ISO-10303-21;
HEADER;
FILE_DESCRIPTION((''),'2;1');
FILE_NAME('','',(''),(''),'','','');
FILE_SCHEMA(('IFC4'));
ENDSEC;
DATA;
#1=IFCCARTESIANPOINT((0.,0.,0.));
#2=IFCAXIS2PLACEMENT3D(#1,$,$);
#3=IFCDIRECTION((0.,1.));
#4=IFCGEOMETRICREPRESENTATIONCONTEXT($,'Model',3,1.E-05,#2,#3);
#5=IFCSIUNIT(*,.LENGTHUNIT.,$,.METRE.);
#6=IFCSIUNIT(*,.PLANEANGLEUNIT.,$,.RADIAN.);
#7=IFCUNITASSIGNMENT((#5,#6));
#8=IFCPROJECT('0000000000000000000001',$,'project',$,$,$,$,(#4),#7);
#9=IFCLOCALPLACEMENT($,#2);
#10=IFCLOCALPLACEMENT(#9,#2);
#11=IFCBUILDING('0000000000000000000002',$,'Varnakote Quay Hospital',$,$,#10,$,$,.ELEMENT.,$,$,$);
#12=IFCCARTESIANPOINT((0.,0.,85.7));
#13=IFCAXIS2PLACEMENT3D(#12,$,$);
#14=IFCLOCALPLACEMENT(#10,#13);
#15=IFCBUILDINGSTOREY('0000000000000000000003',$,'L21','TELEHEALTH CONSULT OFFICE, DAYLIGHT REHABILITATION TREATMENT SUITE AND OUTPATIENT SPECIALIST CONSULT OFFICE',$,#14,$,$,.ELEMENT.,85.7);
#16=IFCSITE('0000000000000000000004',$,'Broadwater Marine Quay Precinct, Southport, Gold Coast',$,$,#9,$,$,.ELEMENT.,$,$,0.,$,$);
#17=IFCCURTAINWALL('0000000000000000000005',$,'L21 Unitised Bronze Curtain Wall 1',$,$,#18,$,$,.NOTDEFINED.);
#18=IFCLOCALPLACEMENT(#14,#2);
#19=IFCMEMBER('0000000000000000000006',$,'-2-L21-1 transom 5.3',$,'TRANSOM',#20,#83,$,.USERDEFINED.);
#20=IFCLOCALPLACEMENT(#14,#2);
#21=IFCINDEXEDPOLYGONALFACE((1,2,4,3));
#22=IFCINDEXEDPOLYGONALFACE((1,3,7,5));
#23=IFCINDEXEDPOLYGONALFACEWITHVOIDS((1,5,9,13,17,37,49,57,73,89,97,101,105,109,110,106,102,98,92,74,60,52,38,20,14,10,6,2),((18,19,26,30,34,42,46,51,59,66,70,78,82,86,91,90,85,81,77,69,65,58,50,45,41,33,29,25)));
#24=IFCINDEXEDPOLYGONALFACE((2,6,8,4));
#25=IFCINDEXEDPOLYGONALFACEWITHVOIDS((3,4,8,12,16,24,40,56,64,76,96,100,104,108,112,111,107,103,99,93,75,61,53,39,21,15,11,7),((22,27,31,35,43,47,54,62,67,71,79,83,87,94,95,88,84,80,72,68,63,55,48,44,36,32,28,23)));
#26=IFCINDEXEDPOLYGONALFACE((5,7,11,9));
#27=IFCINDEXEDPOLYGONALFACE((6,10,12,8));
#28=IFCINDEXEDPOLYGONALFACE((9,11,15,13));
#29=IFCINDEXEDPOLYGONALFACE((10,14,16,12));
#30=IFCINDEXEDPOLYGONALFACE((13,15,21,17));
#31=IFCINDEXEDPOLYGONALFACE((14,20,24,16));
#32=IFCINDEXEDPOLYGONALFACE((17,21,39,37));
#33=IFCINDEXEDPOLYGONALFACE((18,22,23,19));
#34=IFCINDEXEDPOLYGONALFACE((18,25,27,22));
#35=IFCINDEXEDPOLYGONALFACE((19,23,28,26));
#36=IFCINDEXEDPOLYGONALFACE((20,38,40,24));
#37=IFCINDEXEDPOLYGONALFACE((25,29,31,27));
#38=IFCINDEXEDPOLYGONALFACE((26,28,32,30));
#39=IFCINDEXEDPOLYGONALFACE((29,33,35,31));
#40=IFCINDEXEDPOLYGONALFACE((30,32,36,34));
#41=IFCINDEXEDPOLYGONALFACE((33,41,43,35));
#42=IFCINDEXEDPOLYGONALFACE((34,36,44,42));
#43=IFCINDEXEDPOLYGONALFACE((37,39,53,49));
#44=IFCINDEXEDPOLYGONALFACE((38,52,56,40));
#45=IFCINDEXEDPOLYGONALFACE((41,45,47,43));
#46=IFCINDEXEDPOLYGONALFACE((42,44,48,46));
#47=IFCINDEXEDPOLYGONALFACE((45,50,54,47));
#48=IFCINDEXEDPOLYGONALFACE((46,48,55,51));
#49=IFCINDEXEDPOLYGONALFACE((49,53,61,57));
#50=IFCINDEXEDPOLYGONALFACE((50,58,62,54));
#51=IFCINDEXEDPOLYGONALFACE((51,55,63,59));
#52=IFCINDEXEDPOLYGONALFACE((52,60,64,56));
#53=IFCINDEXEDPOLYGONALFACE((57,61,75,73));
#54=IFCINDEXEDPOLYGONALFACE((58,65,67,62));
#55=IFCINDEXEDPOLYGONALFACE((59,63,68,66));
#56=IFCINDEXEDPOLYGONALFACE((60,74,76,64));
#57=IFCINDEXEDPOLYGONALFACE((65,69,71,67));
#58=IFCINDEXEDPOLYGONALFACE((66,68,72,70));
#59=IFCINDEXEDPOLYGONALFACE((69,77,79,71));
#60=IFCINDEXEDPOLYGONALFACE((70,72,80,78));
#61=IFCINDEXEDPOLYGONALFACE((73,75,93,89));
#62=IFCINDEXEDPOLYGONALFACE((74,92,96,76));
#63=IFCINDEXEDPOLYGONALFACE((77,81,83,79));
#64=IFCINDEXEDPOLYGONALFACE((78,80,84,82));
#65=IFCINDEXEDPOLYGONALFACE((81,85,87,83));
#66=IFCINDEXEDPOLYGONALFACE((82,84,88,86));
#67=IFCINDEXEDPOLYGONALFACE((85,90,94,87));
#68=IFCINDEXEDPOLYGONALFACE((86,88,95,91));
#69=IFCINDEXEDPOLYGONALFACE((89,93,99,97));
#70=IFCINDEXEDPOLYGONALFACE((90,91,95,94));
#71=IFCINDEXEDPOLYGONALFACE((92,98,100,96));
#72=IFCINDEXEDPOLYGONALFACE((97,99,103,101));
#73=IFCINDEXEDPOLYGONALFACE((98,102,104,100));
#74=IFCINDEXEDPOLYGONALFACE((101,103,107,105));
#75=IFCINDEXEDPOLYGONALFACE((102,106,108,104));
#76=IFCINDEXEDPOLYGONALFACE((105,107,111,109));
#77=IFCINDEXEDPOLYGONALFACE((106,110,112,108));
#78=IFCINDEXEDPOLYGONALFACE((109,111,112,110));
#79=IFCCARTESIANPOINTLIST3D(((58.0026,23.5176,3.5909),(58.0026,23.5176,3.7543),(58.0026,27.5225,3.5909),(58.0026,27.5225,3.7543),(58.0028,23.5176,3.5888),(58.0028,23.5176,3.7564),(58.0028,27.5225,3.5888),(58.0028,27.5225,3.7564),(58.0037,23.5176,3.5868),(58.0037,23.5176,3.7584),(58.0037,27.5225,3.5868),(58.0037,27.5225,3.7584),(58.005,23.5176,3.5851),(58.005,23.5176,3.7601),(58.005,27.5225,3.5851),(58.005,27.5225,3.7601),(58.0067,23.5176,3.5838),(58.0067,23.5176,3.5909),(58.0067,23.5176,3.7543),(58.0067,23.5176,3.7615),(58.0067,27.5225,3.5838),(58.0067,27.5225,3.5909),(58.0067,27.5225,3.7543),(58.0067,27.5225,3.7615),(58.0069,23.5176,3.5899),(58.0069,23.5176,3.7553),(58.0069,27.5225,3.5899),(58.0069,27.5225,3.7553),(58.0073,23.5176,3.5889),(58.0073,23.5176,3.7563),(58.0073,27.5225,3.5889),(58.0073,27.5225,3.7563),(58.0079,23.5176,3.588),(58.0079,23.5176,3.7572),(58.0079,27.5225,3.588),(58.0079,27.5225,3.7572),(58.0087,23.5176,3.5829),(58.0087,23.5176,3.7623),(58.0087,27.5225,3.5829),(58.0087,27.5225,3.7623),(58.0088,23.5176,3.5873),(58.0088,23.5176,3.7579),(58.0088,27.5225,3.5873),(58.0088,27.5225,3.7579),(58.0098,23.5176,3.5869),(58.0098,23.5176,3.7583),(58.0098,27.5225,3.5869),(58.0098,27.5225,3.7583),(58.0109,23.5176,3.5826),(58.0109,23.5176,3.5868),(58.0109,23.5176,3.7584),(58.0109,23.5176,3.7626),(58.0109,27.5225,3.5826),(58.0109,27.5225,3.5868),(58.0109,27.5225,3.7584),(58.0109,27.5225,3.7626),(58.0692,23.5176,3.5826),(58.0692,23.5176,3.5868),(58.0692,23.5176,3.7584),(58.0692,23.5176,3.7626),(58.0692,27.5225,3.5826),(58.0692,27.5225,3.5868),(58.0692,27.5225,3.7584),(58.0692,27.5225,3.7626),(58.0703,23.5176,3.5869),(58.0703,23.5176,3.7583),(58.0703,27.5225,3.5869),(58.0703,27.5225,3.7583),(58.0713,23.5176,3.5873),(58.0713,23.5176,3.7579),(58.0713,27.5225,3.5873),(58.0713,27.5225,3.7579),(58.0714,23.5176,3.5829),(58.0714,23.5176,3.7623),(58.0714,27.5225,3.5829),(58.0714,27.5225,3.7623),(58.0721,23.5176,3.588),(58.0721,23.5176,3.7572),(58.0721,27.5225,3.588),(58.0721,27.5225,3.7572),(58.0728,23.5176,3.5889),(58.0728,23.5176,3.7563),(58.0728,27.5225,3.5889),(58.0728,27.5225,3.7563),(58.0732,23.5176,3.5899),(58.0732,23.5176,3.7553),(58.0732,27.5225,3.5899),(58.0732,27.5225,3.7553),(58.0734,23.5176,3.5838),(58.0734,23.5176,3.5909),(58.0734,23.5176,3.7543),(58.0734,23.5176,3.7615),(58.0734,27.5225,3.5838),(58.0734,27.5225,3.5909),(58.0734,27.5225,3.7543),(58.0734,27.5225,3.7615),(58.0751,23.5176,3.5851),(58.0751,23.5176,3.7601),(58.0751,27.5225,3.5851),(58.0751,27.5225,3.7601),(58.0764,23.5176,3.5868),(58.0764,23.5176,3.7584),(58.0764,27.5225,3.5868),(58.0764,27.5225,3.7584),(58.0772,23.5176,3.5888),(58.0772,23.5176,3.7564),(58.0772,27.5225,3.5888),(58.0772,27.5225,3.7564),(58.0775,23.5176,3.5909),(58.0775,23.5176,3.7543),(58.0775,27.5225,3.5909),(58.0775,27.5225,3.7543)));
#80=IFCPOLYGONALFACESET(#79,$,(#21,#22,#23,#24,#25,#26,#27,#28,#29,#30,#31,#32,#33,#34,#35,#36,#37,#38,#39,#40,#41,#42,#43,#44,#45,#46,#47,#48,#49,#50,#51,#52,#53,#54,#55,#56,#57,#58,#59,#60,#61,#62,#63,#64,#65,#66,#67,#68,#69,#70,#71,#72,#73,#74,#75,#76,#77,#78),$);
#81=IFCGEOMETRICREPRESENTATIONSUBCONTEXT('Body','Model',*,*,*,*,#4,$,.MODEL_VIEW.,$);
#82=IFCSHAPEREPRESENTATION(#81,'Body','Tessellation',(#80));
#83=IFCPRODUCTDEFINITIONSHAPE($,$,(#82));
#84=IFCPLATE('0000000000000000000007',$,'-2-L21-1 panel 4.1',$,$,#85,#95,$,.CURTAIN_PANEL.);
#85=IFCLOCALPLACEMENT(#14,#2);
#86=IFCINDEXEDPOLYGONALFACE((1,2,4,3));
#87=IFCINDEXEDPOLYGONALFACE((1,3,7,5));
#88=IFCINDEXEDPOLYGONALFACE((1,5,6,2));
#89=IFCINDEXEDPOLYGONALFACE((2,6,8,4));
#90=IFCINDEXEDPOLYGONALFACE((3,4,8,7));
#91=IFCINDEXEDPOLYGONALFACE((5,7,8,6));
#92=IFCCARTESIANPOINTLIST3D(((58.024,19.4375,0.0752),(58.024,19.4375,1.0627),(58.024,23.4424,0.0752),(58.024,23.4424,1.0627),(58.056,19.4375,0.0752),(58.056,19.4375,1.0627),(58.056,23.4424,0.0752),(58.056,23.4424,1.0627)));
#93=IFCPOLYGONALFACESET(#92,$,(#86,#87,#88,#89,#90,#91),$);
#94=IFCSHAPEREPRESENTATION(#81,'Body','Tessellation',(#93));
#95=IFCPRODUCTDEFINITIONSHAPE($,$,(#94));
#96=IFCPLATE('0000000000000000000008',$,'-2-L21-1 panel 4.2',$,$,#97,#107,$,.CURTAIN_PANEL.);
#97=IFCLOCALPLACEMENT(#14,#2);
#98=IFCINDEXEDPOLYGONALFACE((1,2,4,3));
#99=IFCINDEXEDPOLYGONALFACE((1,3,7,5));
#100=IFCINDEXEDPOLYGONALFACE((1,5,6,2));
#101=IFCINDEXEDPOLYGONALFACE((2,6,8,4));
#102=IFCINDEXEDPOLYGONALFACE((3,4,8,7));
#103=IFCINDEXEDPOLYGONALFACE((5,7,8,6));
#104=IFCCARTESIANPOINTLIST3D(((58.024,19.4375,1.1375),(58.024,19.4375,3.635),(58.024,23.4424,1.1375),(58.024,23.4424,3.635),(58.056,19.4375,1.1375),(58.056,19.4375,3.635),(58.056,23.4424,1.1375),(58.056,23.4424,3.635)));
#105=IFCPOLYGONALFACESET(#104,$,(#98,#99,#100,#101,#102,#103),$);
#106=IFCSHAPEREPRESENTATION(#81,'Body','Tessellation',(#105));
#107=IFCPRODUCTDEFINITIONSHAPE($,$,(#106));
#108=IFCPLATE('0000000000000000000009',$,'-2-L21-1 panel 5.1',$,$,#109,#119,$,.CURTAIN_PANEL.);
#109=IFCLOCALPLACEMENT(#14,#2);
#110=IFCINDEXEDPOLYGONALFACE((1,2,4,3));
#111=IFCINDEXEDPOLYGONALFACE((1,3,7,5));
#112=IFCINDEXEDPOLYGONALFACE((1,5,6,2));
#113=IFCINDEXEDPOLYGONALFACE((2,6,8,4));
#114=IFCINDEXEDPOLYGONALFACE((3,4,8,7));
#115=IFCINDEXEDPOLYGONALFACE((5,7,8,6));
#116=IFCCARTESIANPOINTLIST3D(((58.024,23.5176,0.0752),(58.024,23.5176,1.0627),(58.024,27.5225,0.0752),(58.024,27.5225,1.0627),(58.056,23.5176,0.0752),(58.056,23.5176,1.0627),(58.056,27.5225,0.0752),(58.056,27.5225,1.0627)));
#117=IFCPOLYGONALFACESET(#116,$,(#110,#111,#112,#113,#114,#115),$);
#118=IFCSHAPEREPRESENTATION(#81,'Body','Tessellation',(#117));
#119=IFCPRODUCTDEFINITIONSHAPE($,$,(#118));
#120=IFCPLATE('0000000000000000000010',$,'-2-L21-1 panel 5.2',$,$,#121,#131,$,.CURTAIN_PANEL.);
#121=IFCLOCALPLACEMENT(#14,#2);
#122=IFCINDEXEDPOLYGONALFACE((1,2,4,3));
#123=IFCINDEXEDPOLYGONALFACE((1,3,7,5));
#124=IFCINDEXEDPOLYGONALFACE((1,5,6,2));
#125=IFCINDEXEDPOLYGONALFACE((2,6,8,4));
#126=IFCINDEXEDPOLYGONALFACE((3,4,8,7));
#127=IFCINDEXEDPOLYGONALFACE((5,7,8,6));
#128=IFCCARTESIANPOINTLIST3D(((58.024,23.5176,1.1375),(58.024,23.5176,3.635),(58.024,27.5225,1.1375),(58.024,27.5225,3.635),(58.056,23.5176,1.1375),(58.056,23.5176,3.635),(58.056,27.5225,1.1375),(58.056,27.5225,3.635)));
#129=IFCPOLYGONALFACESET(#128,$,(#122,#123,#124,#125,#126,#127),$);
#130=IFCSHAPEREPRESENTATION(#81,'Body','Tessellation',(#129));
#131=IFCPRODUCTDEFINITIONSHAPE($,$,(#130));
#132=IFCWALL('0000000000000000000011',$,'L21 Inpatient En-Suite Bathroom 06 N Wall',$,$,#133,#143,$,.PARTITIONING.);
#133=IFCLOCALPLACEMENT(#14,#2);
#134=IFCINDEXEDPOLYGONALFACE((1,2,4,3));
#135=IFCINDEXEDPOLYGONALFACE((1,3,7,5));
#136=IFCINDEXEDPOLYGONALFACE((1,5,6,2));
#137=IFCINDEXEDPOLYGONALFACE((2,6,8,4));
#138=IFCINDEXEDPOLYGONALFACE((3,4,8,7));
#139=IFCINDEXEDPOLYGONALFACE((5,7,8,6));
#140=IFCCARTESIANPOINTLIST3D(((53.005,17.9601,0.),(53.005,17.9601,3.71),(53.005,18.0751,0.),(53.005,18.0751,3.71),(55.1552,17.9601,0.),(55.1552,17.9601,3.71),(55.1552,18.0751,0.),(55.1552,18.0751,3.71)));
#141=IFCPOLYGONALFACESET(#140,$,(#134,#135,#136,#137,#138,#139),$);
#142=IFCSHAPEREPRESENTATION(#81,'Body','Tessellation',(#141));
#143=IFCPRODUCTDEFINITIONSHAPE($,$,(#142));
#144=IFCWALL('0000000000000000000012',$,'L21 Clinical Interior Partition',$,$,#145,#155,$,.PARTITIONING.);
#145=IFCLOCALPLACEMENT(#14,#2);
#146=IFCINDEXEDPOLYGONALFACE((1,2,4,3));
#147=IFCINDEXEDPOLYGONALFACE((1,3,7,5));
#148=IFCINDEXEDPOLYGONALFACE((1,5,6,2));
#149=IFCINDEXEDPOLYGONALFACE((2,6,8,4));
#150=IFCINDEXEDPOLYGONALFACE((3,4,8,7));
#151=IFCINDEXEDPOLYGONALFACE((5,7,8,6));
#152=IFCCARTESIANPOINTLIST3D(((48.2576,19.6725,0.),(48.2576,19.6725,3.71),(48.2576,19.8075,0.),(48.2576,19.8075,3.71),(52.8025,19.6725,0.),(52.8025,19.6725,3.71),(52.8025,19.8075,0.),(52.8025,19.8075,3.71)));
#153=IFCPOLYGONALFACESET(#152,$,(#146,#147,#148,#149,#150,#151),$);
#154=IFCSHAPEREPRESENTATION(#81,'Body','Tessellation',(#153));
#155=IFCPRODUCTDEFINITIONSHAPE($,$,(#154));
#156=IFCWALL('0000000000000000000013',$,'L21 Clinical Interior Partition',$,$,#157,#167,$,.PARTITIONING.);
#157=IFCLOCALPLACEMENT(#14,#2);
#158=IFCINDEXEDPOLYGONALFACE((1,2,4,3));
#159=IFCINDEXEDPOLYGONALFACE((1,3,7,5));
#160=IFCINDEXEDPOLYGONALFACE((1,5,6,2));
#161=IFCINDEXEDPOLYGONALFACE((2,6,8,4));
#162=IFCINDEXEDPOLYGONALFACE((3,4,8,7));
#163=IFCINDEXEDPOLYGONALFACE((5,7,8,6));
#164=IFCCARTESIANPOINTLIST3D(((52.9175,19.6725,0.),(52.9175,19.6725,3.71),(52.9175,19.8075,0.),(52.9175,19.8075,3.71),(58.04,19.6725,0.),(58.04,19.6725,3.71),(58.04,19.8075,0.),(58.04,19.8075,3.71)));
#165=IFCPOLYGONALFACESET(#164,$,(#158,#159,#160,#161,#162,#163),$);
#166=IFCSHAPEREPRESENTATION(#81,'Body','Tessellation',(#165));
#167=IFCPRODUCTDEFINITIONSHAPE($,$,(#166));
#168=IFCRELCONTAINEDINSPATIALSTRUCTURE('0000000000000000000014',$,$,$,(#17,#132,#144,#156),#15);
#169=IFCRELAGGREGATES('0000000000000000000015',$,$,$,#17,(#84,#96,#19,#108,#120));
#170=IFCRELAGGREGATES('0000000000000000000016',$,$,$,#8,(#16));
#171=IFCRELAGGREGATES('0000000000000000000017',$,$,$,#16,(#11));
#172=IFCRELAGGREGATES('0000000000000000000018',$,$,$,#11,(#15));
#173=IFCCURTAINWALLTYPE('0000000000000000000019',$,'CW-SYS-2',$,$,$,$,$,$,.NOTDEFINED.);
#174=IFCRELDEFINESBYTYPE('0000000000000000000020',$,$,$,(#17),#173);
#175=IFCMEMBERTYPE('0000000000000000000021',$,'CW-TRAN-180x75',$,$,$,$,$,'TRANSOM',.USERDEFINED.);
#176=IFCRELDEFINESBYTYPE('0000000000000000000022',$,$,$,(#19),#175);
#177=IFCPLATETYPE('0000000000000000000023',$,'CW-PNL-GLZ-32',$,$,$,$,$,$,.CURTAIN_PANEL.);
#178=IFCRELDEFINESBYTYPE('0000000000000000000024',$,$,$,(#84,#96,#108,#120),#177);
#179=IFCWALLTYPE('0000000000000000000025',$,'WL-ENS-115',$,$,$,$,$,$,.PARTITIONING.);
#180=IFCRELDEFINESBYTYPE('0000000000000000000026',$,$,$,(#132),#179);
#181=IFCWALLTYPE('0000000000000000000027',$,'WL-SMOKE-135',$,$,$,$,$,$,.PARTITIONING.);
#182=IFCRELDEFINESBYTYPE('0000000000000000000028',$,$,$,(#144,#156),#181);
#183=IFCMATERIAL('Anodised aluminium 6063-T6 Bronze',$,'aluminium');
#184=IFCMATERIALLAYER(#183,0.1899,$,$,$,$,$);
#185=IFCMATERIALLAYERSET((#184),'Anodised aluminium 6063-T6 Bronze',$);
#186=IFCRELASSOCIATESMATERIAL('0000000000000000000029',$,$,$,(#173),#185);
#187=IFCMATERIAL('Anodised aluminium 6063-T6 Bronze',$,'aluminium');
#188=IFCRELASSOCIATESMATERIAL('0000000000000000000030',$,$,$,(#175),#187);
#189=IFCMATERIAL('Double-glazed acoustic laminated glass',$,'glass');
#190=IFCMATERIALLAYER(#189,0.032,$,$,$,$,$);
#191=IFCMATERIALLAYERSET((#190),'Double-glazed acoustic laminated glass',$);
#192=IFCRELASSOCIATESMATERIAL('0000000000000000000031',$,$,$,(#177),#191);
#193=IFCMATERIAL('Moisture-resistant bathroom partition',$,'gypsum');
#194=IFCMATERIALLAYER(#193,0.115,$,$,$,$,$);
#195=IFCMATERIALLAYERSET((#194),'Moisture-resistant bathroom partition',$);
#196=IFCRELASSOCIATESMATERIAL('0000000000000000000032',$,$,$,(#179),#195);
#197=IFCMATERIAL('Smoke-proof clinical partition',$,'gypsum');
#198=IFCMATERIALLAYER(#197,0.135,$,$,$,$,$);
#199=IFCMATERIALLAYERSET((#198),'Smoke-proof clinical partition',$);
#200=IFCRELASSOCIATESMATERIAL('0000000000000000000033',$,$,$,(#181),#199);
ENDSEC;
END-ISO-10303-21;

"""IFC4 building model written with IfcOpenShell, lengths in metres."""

from ifc_helpers import new_model, si_unit, direction, frame, frame_2d, origin, origin_2d, place, context, subcontext, project, spatial, rectangle, hollow_rectangle, extrude, material, layer, layer_set, material_profile, profile_set, type_object, element, aggregate, save


model = new_model("IFC4")

# Units and contexts
model_context = context("Model", 3, precision=1e-05, world=origin(), true_north=direction((0.0, 1.0)))
body_context = subcontext(model_context, "Body", "Model", "MODEL_VIEW")
ifc_project = project(units=[si_unit("LENGTHUNIT", "METRE"), si_unit("PLANEANGLEUNIT", "RADIAN")], contexts=[model_context])

# Site, building, storey
site_placement = place(None, origin())
site = spatial("IfcSite", under=ifc_project, at=site_placement, Name="Broadwater Marine Quay Precinct, Southport, Gold Coast", CompositionType="ELEMENT", RefElevation=0.0)
building_placement = place(site_placement, origin())
building = spatial("IfcBuilding", under=site, at=building_placement, Name="Varnakote Quay Hospital", CompositionType="ELEMENT")
storey_placement = place(building_placement, frame((0.0, 0.0, 85.7)))
storey = spatial("IfcBuildingStorey", under=building, at=storey_placement, Name="L21", Description="TELEHEALTH CONSULT OFFICE, DAYLIGHT REHABILITATION TREATMENT SUITE AND OUTPATIENT SPECIALIST CONSULT OFFICE", CompositionType="ELEMENT", Elevation=85.7)

# Curtain wall, member, plates
ifc_material_1 = material(Name="Anodised aluminium 6063-T6 Bronze", Category="aluminium")
ifc_layer_1 = layer(ifc_material_1, 0.1899)
ifc_layer_set_1 = layer_set([ifc_layer_1], Name="Anodised aluminium 6063-T6 Bronze")
curtain_wall_type = type_object("IfcCurtainWallType", Name="CW-SYS-2", PredefinedType="NOTDEFINED", material=ifc_layer_set_1)
curtain_wall_placement = place(storey_placement, origin())
curtain_wall = element("IfcCurtainWall", 1, at=curtain_wall_placement, inside=storey, type_object=curtain_wall_type, Name="L21 Unitised Bronze Curtain Wall 1", PredefinedType="NOTDEFINED")
ifc_material_2 = material(Name="Anodised aluminium 6063-T6 Bronze", Category="aluminium")
ifc_material_profile_1 = material_profile(ifc_material_2, hollow_rectangle(XDim=0.075, YDim=0.1799, WallThickness=0.0042, InnerFilletRadius=0.0042, OuterFilletRadius=0.0083, at=origin_2d()), Name="CW-TRAN-180x75")
ifc_profile_set_1 = profile_set([ifc_material_profile_1], Name="Anodised aluminium 6063-T6 Bronze")
member_type_1 = type_object("IfcMemberType", Name="CW-TRAN-180x75", ElementType="TRANSOM", PredefinedType="USERDEFINED", material=ifc_profile_set_1)
member_1_placement = place(storey_placement, frame((58.04, 23.5176, 3.6726), z_axis=(0.0, 1.0, 0.0), x_axis=(-1.0, 0.0, 0.0)))
member_1 = element("IfcMember", 2, at=member_1_placement, type_object=member_type_1, Name="-2-L21-1 transom 5.3", ObjectType="TRANSOM", PredefinedType="USERDEFINED", context=body_context, shape_type="SweptSolid", body=[
    extrude(hollow_rectangle(XDim=0.075, YDim=0.1799, WallThickness=0.0042, InnerFilletRadius=0.0042, OuterFilletRadius=0.0083, at=origin_2d()), origin(), (0.0, 0.0, 1.0), 4.0049),
])
ifc_material_3 = material(Name="Double-glazed acoustic laminated glass", Category="glass")
ifc_layer_2 = layer(ifc_material_3, 0.032)
ifc_layer_set_2 = layer_set([ifc_layer_2], Name="Double-glazed acoustic laminated glass")
plate_type = type_object("IfcPlateType", Name="CW-PNL-GLZ-32", PredefinedType="CURTAIN_PANEL", material=ifc_layer_set_2)
plate_1_placement = place(storey_placement, frame((58.04, 21.4399, 0.0752), z_axis=(0.0, 0.0, 1.0), x_axis=(0.0, 1.0, 0.0)))
plate_1 = element("IfcPlate", 3, at=plate_1_placement, type_object=plate_type, Name="-2-L21-1 panel 4.1", PredefinedType="CURTAIN_PANEL", context=body_context, shape_type="SweptSolid", body=[
    extrude(rectangle(XDim=4.0049, YDim=0.032, at=origin_2d()), origin(), (0.0, 0.0, 1.0), 0.9875),
])
plate_2_placement = place(storey_placement, frame((58.04, 21.4399, 1.1375), z_axis=(0.0, 0.0, 1.0), x_axis=(0.0, 1.0, 0.0)))
plate_2 = element("IfcPlate", 4, at=plate_2_placement, type_object=plate_type, Name="-2-L21-1 panel 4.2", PredefinedType="CURTAIN_PANEL", context=body_context, shape_type="SweptSolid", body=[
    extrude(rectangle(XDim=4.0049, YDim=0.032, at=origin_2d()), origin(), (0.0, 0.0, 1.0), 2.4976),
])
plate_3_placement = place(storey_placement, frame((58.04, 25.52, 0.0752), z_axis=(0.0, 0.0, 1.0), x_axis=(0.0, 1.0, 0.0)))
plate_3 = element("IfcPlate", 5, at=plate_3_placement, type_object=plate_type, Name="-2-L21-1 panel 5.1", PredefinedType="CURTAIN_PANEL", context=body_context, shape_type="SweptSolid", body=[
    extrude(rectangle(XDim=4.0049, YDim=0.032, at=origin_2d()), origin(), (0.0, 0.0, 1.0), 0.9875),
])
plate_4_placement = place(storey_placement, frame((58.04, 25.52, 1.1375), z_axis=(0.0, 0.0, 1.0), x_axis=(0.0, 1.0, 0.0)))
plate_4 = element("IfcPlate", 6, at=plate_4_placement, type_object=plate_type, Name="-2-L21-1 panel 5.2", PredefinedType="CURTAIN_PANEL", context=body_context, shape_type="SweptSolid", body=[
    extrude(rectangle(XDim=4.0049, YDim=0.032, at=origin_2d()), origin(), (0.0, 0.0, 1.0), 2.4976),
])
aggregate(curtain_wall, [plate_1, plate_2, member_1, plate_3, plate_4])

# Walls
ifc_material_4 = material(Name="Moisture-resistant bathroom partition", Category="gypsum")
ifc_layer_3 = layer(ifc_material_4, 0.115)
ifc_layer_set_3 = layer_set([ifc_layer_3], Name="Moisture-resistant bathroom partition")
wall_type_1 = type_object("IfcWallType", Name="WL-ENS-115", PredefinedType="PARTITIONING", material=ifc_layer_set_3)
wall_1_placement = place(storey_placement, frame((53.0049, 18.0176, 0.0), z_axis=(0.0, 0.0, 1.0), x_axis=(1.0, 0.0, 0.0)))
element("IfcWall", 7, at=wall_1_placement, inside=storey, type_object=wall_type_1, Name="L21 Inpatient En-Suite Bathroom 06 N Wall", PredefinedType="PARTITIONING", context=body_context, shape_type="SweptSolid", body=[
    extrude(rectangle(XDim=2.1501, YDim=0.115, at=frame_2d((1.0752, 0.0))), origin(), (0.0, 0.0, 1.0), 3.71),
])
ifc_material_5 = material(Name="Smoke-proof clinical partition", Category="gypsum")
ifc_layer_4 = layer(ifc_material_5, 0.135)
ifc_layer_set_4 = layer_set([ifc_layer_4], Name="Smoke-proof clinical partition")
wall_type_2 = type_object("IfcWallType", Name="WL-SMOKE-135", PredefinedType="PARTITIONING", material=ifc_layer_set_4)
wall_2_placement = place(storey_placement, frame((52.8025, 19.74, 0.0), z_axis=(0.0, 0.0, 1.0), x_axis=(-1.0, 0.0, 0.0)))
element("IfcWall", 8, at=wall_2_placement, inside=storey, type_object=wall_type_2, Name="L21 Clinical Interior Partition", PredefinedType="PARTITIONING", context=body_context, shape_type="SweptSolid", body=[
    extrude(rectangle(XDim=4.5449, YDim=0.135, at=frame_2d((2.2725, 0.0))), origin(), (0.0, 0.0, 1.0), 3.71),
])
wall_3_placement = place(storey_placement, frame((58.04, 19.74, 0.0), z_axis=(0.0, 0.0, 1.0), x_axis=(-1.0, 0.0, 0.0)))
element("IfcWall", 9, at=wall_3_placement, inside=storey, type_object=wall_type_2, Name="L21 Clinical Interior Partition", PredefinedType="PARTITIONING", context=body_context, shape_type="SweptSolid", body=[
    extrude(rectangle(XDim=5.1226, YDim=0.135, at=frame_2d((2.5613, 0.0))), origin(), (0.0, 0.0, 1.0), 3.71),
])

save(model, "model.ifc")
